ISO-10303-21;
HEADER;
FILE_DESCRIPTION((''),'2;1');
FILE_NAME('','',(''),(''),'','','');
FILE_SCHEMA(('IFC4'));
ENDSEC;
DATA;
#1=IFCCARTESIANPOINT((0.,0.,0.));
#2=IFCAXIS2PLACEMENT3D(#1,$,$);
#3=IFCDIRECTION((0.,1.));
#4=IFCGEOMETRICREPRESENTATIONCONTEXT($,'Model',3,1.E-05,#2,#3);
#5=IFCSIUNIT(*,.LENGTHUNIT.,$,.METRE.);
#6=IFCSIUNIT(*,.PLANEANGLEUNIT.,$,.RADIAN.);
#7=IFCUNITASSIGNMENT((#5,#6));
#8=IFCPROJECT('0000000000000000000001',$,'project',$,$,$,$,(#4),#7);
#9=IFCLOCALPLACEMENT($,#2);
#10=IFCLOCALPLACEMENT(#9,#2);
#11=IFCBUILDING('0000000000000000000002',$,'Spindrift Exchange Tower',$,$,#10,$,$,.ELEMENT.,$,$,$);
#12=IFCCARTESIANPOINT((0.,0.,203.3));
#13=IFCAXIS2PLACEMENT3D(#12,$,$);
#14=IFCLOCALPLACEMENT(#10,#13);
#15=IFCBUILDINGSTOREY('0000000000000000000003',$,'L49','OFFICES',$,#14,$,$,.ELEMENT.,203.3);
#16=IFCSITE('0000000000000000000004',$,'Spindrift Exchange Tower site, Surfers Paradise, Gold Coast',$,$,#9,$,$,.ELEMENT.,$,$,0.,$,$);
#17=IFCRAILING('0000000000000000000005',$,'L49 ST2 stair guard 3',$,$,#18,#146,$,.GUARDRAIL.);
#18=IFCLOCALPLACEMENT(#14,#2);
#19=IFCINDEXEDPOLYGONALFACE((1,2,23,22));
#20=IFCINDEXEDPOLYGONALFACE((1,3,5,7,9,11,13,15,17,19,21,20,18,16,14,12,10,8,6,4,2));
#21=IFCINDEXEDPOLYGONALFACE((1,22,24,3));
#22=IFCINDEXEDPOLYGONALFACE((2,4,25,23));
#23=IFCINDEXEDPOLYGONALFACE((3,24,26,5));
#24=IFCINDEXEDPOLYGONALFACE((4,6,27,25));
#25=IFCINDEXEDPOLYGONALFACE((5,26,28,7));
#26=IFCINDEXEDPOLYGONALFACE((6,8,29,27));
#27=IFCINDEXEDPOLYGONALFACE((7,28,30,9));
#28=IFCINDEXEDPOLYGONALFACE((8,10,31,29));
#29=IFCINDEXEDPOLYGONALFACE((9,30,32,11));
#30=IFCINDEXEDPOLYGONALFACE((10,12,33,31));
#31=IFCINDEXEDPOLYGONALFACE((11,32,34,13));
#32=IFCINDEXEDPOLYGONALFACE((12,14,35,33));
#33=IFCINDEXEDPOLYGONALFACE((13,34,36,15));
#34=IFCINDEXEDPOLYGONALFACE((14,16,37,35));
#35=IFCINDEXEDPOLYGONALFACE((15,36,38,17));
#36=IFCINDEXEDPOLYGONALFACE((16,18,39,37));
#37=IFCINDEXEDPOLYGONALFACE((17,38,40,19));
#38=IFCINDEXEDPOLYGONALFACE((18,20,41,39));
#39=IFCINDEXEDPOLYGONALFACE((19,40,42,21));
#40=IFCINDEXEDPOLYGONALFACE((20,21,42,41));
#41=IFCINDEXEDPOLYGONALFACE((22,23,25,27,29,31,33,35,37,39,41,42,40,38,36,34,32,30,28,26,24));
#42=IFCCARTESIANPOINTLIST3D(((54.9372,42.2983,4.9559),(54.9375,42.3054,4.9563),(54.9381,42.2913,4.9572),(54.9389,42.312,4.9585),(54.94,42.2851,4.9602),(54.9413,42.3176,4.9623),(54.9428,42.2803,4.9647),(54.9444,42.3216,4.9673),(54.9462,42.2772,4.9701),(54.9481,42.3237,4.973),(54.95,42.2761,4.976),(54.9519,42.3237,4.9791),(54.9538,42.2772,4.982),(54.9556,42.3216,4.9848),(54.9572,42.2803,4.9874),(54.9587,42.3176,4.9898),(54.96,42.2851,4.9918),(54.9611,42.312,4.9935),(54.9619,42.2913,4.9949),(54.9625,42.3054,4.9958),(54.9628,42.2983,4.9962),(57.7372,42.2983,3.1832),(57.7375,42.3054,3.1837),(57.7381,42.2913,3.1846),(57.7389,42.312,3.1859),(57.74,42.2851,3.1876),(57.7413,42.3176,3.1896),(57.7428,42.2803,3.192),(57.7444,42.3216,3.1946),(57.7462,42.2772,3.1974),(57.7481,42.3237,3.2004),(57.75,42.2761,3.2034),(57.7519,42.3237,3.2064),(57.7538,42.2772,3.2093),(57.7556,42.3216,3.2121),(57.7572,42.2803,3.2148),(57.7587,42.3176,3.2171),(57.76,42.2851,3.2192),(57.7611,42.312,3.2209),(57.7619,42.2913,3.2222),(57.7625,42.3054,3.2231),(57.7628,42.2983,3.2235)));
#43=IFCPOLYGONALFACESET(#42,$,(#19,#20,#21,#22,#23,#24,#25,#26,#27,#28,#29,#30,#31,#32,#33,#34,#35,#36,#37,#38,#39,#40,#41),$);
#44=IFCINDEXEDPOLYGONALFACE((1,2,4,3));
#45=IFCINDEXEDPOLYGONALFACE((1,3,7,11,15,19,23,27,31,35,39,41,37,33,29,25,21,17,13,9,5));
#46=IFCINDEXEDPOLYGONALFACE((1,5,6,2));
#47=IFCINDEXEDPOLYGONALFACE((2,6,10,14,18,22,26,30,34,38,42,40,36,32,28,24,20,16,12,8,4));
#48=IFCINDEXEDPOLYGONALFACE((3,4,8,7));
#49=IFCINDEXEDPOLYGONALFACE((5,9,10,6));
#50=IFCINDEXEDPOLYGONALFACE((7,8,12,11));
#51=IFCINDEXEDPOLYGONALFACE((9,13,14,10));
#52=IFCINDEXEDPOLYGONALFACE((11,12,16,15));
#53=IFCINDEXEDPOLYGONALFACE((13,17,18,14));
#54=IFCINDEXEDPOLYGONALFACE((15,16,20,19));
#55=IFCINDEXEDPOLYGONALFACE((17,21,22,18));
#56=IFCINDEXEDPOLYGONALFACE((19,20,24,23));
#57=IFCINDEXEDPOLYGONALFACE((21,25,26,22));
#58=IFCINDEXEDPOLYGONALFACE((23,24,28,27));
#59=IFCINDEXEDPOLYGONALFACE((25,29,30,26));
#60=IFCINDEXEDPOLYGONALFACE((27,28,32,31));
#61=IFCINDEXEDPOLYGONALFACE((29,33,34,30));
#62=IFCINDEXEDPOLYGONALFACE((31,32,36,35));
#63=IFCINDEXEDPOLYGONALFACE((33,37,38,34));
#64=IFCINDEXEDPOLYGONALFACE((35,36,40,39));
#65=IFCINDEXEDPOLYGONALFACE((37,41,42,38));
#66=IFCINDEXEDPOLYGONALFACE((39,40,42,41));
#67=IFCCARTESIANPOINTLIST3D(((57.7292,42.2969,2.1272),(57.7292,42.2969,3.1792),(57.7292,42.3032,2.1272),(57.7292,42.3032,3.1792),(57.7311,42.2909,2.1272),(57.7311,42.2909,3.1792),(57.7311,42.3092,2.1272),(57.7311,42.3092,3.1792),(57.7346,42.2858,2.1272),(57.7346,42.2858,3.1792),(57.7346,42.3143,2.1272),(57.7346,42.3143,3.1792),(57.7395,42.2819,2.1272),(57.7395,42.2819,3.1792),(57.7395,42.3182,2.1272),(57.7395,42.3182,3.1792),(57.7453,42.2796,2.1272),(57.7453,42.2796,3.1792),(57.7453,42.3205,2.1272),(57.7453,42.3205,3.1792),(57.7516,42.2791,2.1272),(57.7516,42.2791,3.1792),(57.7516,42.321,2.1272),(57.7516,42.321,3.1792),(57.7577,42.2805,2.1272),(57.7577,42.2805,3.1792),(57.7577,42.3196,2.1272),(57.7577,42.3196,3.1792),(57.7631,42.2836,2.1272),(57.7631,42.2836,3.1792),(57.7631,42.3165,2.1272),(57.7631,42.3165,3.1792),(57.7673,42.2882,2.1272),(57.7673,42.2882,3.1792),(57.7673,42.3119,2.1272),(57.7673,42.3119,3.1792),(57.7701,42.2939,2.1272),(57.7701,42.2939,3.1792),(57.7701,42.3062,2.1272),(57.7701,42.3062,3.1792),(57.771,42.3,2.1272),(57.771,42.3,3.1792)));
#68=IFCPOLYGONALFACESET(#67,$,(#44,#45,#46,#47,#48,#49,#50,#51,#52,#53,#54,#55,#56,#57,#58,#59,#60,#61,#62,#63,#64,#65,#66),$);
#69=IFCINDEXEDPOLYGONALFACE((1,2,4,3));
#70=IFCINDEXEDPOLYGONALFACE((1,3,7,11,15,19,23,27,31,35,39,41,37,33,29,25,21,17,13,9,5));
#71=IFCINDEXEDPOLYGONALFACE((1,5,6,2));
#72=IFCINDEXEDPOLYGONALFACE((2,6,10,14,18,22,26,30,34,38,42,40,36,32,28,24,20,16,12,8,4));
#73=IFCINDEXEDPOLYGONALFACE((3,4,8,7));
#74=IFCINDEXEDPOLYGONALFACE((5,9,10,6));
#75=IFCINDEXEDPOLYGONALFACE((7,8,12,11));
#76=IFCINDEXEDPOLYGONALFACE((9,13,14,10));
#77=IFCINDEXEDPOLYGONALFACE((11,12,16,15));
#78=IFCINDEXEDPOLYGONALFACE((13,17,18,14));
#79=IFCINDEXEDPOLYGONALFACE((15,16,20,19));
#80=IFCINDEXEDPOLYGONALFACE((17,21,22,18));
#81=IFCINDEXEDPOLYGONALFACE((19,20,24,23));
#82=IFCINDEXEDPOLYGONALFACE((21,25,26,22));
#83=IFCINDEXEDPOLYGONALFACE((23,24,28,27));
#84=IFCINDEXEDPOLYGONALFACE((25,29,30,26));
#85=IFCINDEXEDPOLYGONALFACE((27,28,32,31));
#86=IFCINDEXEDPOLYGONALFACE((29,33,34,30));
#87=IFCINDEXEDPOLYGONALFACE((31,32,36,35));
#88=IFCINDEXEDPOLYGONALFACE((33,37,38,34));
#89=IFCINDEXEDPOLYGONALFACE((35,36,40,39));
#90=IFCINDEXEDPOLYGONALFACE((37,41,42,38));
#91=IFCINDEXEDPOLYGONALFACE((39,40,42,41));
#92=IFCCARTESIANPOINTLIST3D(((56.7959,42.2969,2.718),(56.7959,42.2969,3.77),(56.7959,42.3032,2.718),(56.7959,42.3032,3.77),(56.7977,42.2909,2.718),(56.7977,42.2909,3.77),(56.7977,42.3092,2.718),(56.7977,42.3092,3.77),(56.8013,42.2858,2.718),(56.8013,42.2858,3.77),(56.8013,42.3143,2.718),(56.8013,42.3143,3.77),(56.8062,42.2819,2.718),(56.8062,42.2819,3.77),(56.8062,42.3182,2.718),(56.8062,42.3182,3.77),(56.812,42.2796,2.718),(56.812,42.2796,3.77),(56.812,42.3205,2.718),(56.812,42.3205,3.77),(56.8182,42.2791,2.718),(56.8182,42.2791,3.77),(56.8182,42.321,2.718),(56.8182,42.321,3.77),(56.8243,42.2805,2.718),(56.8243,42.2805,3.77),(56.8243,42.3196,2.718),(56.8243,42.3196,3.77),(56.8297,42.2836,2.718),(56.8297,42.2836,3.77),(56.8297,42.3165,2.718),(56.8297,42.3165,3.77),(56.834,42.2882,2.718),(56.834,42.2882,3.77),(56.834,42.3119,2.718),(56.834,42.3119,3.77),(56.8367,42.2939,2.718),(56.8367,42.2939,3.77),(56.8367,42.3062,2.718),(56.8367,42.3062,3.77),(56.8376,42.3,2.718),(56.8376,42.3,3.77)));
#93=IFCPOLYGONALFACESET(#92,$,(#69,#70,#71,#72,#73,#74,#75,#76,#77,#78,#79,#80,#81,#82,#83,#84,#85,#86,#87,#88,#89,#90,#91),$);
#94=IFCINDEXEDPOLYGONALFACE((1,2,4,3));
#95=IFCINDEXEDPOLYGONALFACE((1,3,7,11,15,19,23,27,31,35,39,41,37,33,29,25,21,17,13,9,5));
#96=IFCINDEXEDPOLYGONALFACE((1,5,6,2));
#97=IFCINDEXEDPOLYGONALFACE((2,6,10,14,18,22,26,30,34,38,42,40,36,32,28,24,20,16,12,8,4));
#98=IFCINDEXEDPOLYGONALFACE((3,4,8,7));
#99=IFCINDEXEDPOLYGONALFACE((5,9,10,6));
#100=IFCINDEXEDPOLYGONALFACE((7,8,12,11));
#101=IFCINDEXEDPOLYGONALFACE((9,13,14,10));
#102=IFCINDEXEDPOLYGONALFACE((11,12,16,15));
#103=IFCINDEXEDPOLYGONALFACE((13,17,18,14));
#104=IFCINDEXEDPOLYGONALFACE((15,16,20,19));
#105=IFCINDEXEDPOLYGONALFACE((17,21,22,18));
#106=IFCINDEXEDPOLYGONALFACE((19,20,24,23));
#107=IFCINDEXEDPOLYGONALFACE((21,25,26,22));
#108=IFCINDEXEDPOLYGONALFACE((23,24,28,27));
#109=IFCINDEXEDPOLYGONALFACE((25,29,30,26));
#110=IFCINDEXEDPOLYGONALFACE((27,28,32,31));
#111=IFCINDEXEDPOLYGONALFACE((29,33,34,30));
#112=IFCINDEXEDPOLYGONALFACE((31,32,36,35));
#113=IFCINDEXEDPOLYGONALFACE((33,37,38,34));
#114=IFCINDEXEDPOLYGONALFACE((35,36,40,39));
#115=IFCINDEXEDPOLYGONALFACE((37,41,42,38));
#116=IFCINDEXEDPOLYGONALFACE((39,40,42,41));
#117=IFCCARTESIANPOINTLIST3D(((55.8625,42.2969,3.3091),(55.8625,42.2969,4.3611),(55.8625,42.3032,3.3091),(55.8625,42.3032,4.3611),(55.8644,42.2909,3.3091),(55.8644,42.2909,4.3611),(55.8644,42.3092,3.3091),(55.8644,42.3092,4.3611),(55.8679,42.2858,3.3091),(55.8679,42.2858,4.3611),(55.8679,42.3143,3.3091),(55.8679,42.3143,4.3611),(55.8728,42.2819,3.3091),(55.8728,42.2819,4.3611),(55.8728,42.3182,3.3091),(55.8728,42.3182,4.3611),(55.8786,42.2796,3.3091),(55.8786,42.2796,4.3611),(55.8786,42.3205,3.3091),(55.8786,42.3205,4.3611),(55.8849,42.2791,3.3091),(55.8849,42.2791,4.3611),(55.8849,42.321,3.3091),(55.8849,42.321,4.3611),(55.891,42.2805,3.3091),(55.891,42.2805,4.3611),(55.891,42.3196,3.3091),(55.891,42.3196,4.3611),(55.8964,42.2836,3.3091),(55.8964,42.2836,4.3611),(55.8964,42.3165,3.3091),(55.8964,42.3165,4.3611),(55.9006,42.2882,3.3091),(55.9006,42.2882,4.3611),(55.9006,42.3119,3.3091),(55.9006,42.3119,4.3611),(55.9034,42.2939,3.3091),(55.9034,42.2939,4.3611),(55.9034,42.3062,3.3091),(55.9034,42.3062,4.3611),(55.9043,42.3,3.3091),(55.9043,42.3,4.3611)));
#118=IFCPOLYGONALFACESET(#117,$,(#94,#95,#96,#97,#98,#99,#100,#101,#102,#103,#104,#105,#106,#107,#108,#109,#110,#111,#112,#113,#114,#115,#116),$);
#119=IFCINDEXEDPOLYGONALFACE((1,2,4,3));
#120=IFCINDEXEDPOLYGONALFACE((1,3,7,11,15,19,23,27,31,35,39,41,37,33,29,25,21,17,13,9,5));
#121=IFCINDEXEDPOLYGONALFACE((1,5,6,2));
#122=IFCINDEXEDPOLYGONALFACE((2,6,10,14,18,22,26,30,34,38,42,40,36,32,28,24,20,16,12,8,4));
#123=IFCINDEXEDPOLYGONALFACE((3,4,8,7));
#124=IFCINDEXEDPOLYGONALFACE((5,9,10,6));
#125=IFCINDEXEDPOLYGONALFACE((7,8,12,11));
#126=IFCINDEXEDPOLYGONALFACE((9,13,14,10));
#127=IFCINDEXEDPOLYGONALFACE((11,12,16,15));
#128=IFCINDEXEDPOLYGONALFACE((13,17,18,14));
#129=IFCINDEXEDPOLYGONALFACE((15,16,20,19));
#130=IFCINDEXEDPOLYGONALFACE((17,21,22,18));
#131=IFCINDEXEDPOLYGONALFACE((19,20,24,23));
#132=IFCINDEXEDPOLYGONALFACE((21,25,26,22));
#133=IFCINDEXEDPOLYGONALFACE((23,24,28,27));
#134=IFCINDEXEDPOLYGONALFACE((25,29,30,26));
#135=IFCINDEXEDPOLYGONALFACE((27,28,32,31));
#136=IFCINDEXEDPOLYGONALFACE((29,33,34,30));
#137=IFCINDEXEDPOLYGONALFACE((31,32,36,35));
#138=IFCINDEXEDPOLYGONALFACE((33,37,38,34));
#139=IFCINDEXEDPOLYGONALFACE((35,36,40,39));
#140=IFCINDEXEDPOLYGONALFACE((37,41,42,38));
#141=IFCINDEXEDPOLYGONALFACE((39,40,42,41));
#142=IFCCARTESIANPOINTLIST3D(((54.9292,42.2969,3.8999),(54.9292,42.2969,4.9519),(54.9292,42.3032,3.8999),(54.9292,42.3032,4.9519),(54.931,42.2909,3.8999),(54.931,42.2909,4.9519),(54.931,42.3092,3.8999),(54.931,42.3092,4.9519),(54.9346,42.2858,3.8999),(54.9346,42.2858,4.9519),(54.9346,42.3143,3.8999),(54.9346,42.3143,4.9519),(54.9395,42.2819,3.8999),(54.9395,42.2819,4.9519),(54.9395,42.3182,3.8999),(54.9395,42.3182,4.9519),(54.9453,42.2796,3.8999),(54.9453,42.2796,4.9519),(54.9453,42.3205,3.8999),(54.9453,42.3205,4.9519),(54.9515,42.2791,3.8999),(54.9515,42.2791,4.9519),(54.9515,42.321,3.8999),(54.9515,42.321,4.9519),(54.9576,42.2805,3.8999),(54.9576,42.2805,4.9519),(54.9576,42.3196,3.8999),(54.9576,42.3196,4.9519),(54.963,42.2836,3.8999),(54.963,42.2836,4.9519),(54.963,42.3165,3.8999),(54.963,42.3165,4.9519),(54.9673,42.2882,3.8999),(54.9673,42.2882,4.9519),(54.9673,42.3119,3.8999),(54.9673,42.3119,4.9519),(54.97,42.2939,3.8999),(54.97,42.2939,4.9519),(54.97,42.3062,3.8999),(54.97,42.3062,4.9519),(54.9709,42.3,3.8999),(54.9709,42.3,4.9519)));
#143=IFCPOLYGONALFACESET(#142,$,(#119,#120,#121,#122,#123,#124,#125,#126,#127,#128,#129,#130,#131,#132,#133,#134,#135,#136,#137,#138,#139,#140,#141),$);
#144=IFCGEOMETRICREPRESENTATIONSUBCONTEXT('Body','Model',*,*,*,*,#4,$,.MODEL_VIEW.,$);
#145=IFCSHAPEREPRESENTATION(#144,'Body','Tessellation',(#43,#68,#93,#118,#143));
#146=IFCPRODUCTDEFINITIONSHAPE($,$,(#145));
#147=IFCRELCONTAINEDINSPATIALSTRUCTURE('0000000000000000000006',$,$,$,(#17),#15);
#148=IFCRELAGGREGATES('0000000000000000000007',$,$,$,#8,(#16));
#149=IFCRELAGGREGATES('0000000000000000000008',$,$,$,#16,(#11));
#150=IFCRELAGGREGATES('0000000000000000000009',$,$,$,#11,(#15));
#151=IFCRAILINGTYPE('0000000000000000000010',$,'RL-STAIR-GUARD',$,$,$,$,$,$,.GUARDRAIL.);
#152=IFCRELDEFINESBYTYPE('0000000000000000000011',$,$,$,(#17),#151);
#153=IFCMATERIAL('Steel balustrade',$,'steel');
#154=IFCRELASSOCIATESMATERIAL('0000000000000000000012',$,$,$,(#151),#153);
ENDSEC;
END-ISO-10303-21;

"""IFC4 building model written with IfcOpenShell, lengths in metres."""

from ifc_helpers import new_model, si_unit, direction, frame, origin, origin_2d, place, context, subcontext, project, spatial, circle, extrude, material, type_object, element, save


model = new_model("IFC4")

# Units and contexts
model_context = context("Model", 3, precision=1e-05, world=origin(), true_north=direction((0.0, 1.0)))
body_context = subcontext(model_context, "Body", "Model", "MODEL_VIEW")
ifc_project = project(units=[si_unit("LENGTHUNIT", "METRE"), si_unit("PLANEANGLEUNIT", "RADIAN")], contexts=[model_context])

# Site, building, storey
site_placement = place(None, origin())
site = spatial("IfcSite", under=ifc_project, at=site_placement, Name="Spindrift Exchange Tower site, Surfers Paradise, Gold Coast", CompositionType="ELEMENT", RefElevation=0.0)
building_placement = place(site_placement, origin())
building = spatial("IfcBuilding", under=site, at=building_placement, Name="Spindrift Exchange Tower", CompositionType="ELEMENT")
storey_placement = place(building_placement, frame((0.0, 0.0, 203.3)))
storey = spatial("IfcBuildingStorey", under=building, at=storey_placement, Name="L49", Description="OFFICES", CompositionType="ELEMENT", Elevation=203.3)

# Railing
ifc_material_1 = material(Name="Steel balustrade", Category="steel")
railing_type_1 = type_object("IfcRailingType", Name="RL-STAIR-GUARD", PredefinedType="GUARDRAIL", material=ifc_material_1)
railing_1_placement = place(storey_placement, frame((57.75, 42.3, 2.1272)))
element("IfcRailing", 1, at=railing_1_placement, inside=storey, type_object=railing_type_1, Name="L49 ST2 stair guard 3", PredefinedType="GUARDRAIL", context=body_context, shape_type="SweptSolid", body=[
    extrude(circle(Radius=0.0239, at=origin_2d()), frame((0.0, 0.0, 1.0762), z_axis=(-0.844909, 0.0, 0.53491), x_axis=(0.0, -1.0, 0.0)), (0.0, 0.0, 1.0), 3.314),
    extrude(circle(Radius=0.021, at=origin_2d()), origin(), (0.0, 0.0, 1.0), 1.052),
    extrude(circle(Radius=0.021, at=origin_2d()), frame((-0.9333, 0.0, 0.5908)), (0.0, 0.0, 1.0), 1.052),
    extrude(circle(Radius=0.021, at=origin_2d()), frame((-1.8667, 0.0, 1.1819)), (0.0, 0.0, 1.0), 1.052),
    extrude(circle(Radius=0.021, at=origin_2d()), frame((-2.8, 0.0, 1.7727)), (0.0, 0.0, 1.0), 1.052),
])

save(model, "model.ifc")
